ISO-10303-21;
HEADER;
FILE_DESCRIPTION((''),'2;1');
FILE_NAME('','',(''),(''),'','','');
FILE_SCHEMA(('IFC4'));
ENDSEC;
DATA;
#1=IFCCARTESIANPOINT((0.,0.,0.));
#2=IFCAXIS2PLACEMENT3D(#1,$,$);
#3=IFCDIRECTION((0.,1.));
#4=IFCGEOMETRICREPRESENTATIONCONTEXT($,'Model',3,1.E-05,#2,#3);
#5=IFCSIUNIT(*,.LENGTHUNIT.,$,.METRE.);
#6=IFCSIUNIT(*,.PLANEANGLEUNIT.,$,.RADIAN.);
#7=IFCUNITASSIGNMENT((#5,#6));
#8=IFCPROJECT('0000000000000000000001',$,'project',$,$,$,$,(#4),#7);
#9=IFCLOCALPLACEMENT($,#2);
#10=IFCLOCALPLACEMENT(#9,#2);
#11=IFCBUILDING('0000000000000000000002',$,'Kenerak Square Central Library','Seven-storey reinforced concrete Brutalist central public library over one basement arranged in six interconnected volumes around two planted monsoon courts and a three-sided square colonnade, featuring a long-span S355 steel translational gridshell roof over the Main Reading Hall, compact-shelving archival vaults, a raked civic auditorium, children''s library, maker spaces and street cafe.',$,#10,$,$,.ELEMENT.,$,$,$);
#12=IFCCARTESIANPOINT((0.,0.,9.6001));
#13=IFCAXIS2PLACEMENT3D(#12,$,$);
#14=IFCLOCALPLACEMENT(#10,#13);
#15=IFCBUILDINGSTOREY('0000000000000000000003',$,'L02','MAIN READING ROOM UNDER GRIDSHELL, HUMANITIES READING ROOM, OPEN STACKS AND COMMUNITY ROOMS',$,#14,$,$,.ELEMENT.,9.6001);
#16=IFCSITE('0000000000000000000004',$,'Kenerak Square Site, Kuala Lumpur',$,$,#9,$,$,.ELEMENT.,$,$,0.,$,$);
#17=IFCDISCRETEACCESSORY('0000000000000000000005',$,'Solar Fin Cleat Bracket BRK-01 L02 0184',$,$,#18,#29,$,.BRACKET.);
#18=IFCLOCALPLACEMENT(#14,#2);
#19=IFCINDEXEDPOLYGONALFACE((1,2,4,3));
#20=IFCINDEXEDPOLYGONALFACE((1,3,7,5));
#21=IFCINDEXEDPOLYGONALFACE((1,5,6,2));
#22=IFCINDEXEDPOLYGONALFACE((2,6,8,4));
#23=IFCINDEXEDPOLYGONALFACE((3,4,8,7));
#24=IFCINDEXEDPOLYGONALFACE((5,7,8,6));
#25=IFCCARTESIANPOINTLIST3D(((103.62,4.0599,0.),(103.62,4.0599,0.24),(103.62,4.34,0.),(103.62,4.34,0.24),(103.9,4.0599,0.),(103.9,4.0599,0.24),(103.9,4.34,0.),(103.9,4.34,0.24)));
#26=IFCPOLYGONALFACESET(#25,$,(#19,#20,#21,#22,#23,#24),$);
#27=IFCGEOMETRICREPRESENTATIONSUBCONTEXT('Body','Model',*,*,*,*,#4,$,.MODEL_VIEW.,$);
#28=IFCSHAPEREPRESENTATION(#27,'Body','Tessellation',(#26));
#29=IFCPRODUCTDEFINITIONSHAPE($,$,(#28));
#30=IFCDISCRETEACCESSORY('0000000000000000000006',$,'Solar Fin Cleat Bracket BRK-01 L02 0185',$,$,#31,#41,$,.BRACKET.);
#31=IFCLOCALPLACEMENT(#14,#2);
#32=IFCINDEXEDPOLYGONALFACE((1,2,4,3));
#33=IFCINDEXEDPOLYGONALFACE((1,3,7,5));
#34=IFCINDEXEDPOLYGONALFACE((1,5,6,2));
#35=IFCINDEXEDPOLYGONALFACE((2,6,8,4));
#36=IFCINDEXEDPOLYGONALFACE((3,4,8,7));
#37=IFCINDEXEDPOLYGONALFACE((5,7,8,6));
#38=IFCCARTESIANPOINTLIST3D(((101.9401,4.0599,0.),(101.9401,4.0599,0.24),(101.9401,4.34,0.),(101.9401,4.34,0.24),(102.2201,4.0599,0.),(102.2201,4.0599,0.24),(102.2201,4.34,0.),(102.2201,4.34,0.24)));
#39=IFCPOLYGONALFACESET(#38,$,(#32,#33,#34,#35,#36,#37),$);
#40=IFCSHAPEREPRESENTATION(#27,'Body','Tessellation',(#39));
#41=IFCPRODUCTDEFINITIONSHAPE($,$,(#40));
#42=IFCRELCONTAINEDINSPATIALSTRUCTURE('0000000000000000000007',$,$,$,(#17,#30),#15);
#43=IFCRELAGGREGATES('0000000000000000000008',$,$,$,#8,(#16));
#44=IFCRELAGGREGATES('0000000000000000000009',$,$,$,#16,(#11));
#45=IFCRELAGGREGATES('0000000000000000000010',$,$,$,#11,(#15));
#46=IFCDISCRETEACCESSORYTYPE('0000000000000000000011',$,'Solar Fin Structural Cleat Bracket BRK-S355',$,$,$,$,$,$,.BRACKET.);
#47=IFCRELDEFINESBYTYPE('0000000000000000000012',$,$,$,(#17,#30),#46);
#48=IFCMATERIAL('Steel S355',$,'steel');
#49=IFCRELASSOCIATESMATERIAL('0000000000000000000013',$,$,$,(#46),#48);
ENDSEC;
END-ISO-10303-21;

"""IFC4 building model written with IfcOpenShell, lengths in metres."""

from ifc_helpers import new_model, si_unit, direction, frame, origin, origin_2d, place, context, subcontext, project, spatial, rectangle, extrude, material, type_object, element, save


model = new_model("IFC4")

# Units and contexts
model_context = context("Model", 3, precision=1e-05, world=origin(), true_north=direction((0.0, 1.0)))
body_context = subcontext(model_context, "Body", "Model", "MODEL_VIEW")
ifc_project = project(units=[si_unit("LENGTHUNIT", "METRE"), si_unit("PLANEANGLEUNIT", "RADIAN")], contexts=[model_context])

# Site, building, storey
site_placement = place(None, origin())
site = spatial("IfcSite", under=ifc_project, at=site_placement, Name="Kenerak Square Site, Kuala Lumpur", CompositionType="ELEMENT", RefElevation=0.0)
building_placement = place(site_placement, origin())
building = spatial("IfcBuilding", under=site, at=building_placement, Name="Kenerak Square Central Library", Description="Seven-storey reinforced concrete Brutalist central public library over one basement arranged in six interconnected volumes around two planted monsoon courts and a three-sided square colonnade, featuring a long-span S355 steel translational gridshell roof over the Main Reading Hall, compact-shelving archival vaults, a raked civic auditorium, children's library, maker spaces and street cafe.", CompositionType="ELEMENT")
storey_placement = place(building_placement, frame((0.0, 0.0, 9.6001)))
storey = spatial("IfcBuildingStorey", under=building, at=storey_placement, Name="L02", Description="MAIN READING ROOM UNDER GRIDSHELL, HUMANITIES READING ROOM, OPEN STACKS AND COMMUNITY ROOMS", CompositionType="ELEMENT", Elevation=9.6001)

# Shared definitions
ifc_material_1 = material(Name="Steel S355", Category="steel")

# Discrete accessories
discrete_accessory_type = type_object("IfcDiscreteAccessoryType", Name="Solar Fin Structural Cleat Bracket BRK-S355", PredefinedType="BRACKET", material=ifc_material_1)
for number, where, z_axis, x_axis, name in (
    (1, (103.76, 4.2, 0.0), (0.0, 0.0, 1.0), (-1.0, 0.0, 0.0), "Solar Fin Cleat Bracket BRK-01 L02 0184"),
    (2, (102.0801, 4.2, 0.0), (0.0, 0.0, 1.0), (-1.0, 0.0, 0.0), "Solar Fin Cleat Bracket BRK-01 L02 0185"),
):
    element("IfcDiscreteAccessory", number, at=place(storey_placement, frame(where, z_axis=z_axis, x_axis=x_axis)), inside=storey, type_object=discrete_accessory_type, Name=name, PredefinedType="BRACKET", context=body_context, shape_type="SweptSolid", body=[
        extrude(rectangle(XDim=0.28, YDim=0.28, at=origin_2d()), origin(), (0.0, 0.0, 1.0), 0.24),
    ])

save(model, "model.ifc")
